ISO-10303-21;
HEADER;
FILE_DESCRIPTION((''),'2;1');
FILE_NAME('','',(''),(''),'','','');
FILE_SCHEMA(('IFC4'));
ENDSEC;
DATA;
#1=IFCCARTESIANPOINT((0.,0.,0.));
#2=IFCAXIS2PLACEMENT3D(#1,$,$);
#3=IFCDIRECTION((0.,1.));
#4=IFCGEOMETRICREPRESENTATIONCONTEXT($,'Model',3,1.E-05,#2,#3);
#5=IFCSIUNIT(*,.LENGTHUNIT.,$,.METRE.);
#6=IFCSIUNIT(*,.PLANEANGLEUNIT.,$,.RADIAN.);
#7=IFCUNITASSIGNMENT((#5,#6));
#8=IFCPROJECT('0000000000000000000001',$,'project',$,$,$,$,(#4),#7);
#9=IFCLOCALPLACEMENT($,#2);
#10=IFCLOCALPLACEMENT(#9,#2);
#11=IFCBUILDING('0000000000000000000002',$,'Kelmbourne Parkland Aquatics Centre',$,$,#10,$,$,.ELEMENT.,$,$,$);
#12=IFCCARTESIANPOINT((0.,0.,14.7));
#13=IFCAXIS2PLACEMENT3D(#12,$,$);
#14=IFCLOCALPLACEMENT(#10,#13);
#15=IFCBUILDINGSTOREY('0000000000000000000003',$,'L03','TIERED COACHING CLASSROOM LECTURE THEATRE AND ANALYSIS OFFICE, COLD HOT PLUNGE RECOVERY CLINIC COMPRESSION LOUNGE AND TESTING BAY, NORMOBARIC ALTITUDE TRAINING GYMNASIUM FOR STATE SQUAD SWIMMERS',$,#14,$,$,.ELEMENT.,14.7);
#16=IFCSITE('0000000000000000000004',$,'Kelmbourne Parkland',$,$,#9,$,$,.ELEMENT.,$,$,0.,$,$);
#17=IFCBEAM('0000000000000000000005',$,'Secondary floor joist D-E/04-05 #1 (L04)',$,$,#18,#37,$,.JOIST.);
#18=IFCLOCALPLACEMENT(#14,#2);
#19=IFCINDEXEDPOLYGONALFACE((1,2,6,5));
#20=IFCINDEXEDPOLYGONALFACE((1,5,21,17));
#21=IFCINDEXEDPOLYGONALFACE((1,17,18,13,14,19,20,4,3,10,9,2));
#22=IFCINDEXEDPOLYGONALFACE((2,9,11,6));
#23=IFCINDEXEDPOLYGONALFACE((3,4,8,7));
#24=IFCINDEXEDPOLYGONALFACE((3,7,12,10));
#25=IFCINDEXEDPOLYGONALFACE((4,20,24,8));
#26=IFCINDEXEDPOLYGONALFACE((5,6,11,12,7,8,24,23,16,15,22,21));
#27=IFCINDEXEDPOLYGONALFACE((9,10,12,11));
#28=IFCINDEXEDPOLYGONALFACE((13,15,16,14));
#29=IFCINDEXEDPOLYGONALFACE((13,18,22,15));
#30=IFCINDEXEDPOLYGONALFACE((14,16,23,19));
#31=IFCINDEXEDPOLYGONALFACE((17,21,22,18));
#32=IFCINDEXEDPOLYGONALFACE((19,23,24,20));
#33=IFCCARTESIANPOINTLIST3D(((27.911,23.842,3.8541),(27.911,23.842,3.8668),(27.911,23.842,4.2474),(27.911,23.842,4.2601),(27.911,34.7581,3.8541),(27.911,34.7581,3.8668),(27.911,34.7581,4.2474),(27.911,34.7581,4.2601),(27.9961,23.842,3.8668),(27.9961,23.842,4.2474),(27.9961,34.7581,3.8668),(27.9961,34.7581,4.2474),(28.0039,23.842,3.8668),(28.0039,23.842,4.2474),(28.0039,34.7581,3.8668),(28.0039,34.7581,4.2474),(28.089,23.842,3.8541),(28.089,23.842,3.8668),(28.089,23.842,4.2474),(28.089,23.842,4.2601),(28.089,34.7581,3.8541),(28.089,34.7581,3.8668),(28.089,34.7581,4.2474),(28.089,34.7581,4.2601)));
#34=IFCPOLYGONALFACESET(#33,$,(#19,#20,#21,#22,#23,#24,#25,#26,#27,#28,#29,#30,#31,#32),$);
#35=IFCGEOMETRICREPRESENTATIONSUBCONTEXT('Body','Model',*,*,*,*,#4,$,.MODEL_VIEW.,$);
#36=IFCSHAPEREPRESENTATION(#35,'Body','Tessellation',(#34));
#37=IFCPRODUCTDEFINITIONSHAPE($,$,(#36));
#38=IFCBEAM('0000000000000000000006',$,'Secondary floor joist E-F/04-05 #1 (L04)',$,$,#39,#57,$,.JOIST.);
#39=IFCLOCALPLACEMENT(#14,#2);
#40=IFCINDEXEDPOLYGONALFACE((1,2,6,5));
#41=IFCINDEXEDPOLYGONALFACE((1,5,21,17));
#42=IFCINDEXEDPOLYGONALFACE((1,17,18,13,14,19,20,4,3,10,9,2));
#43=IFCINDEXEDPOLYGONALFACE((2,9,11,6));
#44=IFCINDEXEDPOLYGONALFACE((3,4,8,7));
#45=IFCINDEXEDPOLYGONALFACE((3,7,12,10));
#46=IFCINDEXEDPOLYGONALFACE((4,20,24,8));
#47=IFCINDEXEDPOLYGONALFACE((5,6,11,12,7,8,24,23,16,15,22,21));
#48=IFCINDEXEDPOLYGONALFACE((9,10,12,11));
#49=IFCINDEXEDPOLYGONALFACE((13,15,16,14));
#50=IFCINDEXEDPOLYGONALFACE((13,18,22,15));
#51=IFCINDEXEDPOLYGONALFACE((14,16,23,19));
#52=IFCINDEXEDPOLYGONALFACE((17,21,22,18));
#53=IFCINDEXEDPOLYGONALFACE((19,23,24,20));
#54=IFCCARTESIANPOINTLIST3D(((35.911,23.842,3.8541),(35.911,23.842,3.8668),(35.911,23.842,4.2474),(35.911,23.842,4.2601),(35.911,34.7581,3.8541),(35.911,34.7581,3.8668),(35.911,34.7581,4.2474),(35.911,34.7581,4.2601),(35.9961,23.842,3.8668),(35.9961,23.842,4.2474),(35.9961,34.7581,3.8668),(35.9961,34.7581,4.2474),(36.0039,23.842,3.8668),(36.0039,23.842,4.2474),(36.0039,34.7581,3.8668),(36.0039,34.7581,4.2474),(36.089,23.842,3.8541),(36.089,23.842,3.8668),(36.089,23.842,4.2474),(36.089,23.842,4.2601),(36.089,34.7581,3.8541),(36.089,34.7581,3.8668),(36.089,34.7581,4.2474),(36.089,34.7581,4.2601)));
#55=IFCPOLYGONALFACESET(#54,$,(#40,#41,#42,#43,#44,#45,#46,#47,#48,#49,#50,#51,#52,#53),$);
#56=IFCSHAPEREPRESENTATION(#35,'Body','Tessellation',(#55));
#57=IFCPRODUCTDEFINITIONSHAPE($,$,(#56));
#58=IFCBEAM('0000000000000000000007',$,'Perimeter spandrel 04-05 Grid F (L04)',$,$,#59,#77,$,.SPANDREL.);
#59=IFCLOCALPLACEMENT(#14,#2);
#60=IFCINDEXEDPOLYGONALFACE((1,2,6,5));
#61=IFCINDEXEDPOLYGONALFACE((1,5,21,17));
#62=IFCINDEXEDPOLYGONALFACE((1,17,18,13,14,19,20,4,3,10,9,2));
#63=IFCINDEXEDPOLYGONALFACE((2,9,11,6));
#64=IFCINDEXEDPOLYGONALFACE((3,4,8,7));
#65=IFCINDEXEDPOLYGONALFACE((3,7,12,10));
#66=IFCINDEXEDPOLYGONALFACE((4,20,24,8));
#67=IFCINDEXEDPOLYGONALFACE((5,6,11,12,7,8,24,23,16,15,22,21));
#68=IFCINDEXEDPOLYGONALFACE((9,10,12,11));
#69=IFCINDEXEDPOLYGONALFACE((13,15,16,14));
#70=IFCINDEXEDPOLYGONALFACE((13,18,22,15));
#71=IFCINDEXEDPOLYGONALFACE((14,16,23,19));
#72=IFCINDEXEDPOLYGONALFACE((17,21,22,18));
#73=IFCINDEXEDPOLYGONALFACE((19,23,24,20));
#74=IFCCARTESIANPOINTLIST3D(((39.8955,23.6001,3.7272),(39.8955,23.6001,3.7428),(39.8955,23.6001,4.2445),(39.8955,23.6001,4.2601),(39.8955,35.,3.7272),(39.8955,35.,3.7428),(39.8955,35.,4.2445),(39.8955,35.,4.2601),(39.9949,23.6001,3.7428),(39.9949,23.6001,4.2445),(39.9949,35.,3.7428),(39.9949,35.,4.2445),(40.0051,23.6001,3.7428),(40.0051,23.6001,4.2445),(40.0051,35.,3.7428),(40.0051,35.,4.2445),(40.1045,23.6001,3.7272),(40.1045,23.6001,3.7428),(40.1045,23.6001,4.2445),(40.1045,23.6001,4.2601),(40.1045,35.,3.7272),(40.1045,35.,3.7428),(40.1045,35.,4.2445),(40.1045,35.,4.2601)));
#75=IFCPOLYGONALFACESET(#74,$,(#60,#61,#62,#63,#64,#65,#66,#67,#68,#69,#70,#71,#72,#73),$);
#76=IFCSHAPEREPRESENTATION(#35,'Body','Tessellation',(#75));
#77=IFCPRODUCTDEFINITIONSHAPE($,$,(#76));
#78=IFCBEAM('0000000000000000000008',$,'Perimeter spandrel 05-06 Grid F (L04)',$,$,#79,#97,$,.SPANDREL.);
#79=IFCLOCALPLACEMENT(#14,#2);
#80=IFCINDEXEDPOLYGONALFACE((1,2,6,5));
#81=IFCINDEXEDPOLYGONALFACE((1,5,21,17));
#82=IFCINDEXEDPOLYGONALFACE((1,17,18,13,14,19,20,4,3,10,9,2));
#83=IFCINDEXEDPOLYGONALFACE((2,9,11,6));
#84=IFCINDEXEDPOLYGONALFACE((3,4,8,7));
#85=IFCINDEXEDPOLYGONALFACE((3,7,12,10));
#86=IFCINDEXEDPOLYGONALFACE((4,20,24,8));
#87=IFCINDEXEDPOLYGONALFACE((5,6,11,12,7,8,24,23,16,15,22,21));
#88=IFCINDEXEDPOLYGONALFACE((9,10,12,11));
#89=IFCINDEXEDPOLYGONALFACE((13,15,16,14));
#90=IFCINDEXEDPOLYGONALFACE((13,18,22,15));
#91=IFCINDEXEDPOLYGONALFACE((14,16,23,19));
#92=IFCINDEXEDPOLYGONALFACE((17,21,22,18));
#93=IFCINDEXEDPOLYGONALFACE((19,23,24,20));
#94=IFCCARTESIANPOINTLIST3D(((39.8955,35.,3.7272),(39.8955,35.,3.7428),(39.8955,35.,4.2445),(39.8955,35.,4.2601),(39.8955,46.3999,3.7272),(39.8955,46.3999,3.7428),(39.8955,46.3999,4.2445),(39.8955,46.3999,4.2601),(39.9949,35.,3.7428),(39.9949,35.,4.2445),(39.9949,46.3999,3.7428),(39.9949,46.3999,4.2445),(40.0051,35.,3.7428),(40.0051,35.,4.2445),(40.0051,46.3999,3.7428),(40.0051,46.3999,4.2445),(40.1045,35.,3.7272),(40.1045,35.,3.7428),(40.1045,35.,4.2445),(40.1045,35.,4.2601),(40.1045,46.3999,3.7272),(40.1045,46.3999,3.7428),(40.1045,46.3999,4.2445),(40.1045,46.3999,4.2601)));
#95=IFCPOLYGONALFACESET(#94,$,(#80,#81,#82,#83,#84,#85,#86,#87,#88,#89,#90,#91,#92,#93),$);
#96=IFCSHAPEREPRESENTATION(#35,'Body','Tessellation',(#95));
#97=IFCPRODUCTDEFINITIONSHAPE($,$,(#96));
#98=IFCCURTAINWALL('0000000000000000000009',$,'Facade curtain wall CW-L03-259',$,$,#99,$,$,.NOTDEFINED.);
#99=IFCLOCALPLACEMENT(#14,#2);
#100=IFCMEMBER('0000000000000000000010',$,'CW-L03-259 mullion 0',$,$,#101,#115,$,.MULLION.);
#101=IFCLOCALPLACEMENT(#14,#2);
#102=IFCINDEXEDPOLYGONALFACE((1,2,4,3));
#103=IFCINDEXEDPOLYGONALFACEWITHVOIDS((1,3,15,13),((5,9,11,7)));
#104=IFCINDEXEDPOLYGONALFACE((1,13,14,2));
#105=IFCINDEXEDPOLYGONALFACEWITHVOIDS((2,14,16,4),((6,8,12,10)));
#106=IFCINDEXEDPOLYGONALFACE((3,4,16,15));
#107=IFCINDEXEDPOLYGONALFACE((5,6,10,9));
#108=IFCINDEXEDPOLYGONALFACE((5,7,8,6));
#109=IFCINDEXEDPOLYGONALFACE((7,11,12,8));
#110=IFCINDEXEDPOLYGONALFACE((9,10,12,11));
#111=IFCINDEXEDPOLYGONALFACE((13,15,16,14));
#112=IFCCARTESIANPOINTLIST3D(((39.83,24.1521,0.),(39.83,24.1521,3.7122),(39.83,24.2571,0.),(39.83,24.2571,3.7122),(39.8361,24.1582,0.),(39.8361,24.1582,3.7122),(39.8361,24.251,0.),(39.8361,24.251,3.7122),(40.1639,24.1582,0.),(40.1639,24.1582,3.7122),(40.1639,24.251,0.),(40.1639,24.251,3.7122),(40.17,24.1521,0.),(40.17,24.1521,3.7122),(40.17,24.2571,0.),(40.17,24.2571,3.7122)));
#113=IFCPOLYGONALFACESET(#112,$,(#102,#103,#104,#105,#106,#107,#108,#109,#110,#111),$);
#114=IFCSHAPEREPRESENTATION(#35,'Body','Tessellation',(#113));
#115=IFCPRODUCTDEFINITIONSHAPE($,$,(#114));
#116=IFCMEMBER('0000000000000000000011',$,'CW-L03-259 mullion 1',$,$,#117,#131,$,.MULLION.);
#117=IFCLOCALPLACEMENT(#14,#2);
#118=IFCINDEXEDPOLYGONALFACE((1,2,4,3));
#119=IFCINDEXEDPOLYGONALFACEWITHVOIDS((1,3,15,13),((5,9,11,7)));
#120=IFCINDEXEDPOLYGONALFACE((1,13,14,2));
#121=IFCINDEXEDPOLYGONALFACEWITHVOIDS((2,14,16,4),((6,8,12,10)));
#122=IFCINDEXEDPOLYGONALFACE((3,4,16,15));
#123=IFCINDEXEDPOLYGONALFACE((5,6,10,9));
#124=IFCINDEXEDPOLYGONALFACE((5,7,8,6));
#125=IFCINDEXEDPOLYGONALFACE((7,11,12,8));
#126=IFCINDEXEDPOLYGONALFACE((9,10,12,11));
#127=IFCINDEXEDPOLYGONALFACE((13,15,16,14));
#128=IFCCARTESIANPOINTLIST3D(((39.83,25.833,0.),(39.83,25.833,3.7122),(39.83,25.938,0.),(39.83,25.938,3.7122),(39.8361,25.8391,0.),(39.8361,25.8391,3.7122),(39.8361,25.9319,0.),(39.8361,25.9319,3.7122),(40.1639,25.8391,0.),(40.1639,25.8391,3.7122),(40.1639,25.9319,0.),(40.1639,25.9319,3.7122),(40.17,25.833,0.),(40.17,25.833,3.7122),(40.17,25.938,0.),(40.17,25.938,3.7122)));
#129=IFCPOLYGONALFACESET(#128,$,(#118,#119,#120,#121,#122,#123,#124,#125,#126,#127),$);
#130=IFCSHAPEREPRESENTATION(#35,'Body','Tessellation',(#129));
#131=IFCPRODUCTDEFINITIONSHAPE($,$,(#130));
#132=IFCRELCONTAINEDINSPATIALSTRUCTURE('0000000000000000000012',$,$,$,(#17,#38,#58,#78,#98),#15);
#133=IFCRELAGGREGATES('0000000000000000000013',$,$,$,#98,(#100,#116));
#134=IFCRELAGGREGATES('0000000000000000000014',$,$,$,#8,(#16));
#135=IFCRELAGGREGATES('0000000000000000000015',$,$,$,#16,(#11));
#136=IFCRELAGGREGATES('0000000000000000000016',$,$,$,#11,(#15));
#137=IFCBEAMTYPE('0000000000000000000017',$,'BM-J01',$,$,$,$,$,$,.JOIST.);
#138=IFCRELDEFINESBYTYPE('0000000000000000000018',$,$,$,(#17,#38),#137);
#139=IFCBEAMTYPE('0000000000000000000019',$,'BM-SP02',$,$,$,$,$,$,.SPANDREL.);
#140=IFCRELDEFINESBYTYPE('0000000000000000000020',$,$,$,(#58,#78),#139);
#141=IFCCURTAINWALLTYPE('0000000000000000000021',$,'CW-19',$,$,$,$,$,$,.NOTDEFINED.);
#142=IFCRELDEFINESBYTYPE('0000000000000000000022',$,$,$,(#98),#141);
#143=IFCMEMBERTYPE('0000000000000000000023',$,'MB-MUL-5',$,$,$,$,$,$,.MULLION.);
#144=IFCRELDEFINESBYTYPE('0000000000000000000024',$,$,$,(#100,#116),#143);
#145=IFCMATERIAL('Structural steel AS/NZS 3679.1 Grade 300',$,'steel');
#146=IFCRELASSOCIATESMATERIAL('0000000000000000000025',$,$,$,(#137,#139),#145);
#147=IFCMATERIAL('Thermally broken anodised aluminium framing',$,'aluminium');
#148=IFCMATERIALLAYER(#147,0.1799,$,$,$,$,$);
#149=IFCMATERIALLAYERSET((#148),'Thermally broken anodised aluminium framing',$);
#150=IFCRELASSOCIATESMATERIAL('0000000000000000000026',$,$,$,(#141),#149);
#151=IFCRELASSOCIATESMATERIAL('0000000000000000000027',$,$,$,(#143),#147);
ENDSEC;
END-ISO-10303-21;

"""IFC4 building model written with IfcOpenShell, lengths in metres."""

from ifc_helpers import new_model, si_unit, direction, frame, origin, origin_2d, place, context, subcontext, project, spatial, hollow_rectangle, i_section, extrude, material, layer, layer_set, material_profile, profile_set, type_object, element, aggregate, save


model = new_model("IFC4")

# Units and contexts
model_context = context("Model", 3, precision=1e-05, world=origin(), true_north=direction((0.0, 1.0)))
body_context = subcontext(model_context, "Body", "Model", "MODEL_VIEW")
ifc_project = project(units=[si_unit("LENGTHUNIT", "METRE"), si_unit("PLANEANGLEUNIT", "RADIAN")], contexts=[model_context])

# Site, building, storey
site_placement = place(None, origin())
site = spatial("IfcSite", under=ifc_project, at=site_placement, Name="Kelmbourne Parkland", CompositionType="ELEMENT", RefElevation=0.0)
building_placement = place(site_placement, origin())
building = spatial("IfcBuilding", under=site, at=building_placement, Name="Kelmbourne Parkland Aquatics Centre", CompositionType="ELEMENT")
storey_placement = place(building_placement, frame((0.0, 0.0, 14.7)))
storey = spatial("IfcBuildingStorey", under=building, at=storey_placement, Name="L03", Description="TIERED COACHING CLASSROOM LECTURE THEATRE AND ANALYSIS OFFICE, COLD HOT PLUNGE RECOVERY CLINIC COMPRESSION LOUNGE AND TESTING BAY, NORMOBARIC ALTITUDE TRAINING GYMNASIUM FOR STATE SQUAD SWIMMERS", CompositionType="ELEMENT", Elevation=14.7)

# Shared definitions
ifc_material_1 = material(Name="Structural steel AS/NZS 3679.1 Grade 300", Category="steel")

# Beams
ifc_material_profile_1 = material_profile(ifc_material_1, i_section(OverallWidth=0.178, OverallDepth=0.406, WebThickness=0.0078, FlangeThickness=0.0127, at=origin_2d()), Name="410UB59.7")
ifc_profile_set_1 = profile_set([ifc_material_profile_1], Name="Structural steel AS/NZS 3679.1 Grade 300")
beam_type_1 = type_object("IfcBeamType", Name="BM-J01", PredefinedType="JOIST", material=ifc_profile_set_1)
for number, where, z_axis, x_axis, name in (
    (1, (28.0, 23.842, 4.0571), (0.0, 1.0, 0.0), (-1.0, 0.0, 0.0), "Secondary floor joist D-E/04-05 #1 (L04)"),
    (2, (36.0, 23.842, 4.0571), (0.0, 1.0, 0.0), (-1.0, 0.0, 0.0), "Secondary floor joist E-F/04-05 #1 (L04)"),
):
    element("IfcBeam", number, at=place(storey_placement, frame(where, z_axis=z_axis, x_axis=x_axis)), inside=storey, type_object=beam_type_1, Name=name, PredefinedType="JOIST", context=body_context, shape_type="SweptSolid", body=[
        extrude(i_section(OverallWidth=0.178, OverallDepth=0.406, WebThickness=0.0078, FlangeThickness=0.0127, at=origin_2d()), origin(), (0.0, 0.0, 1.0), 10.916),
    ])
ifc_material_profile_2 = material_profile(ifc_material_1, i_section(OverallWidth=0.209, OverallDepth=0.533, WebThickness=0.0103, FlangeThickness=0.0156, at=origin_2d()), Name="530UB92.4")
ifc_profile_set_2 = profile_set([ifc_material_profile_2], Name="Structural steel AS/NZS 3679.1 Grade 300")
beam_type_2 = type_object("IfcBeamType", Name="BM-SP02", PredefinedType="SPANDREL", material=ifc_profile_set_2)
for number, where, z_axis, x_axis, name in (
    (3, (40.0, 23.6001, 3.9937), (0.0, 1.0, 0.0), (-1.0, 0.0, 0.0), "Perimeter spandrel 04-05 Grid F (L04)"),
    (4, (40.0, 35.0, 3.9937), (0.0, 1.0, 0.0), (-1.0, 0.0, 0.0), "Perimeter spandrel 05-06 Grid F (L04)"),
):
    element("IfcBeam", number, at=place(storey_placement, frame(where, z_axis=z_axis, x_axis=x_axis)), inside=storey, type_object=beam_type_2, Name=name, PredefinedType="SPANDREL", context=body_context, shape_type="SweptSolid", body=[
        extrude(i_section(OverallWidth=0.209, OverallDepth=0.533, WebThickness=0.0103, FlangeThickness=0.0156, at=origin_2d()), origin(), (0.0, 0.0, 1.0), 11.3999),
    ])

# Curtain wall, members
ifc_material_2 = material(Name="Thermally broken anodised aluminium framing", Category="aluminium")
ifc_layer = layer(ifc_material_2, 0.1799)
ifc_layer_set = layer_set([ifc_layer], Name="Thermally broken anodised aluminium framing")
curtain_wall_type = type_object("IfcCurtainWallType", Name="CW-19", PredefinedType="NOTDEFINED", material=ifc_layer_set)
curtain_wall_placement = place(storey_placement, origin())
curtain_wall = element("IfcCurtainWall", 5, at=curtain_wall_placement, inside=storey, type_object=curtain_wall_type, Name="Facade curtain wall CW-L03-259", PredefinedType="NOTDEFINED")
ifc_material_profile_3 = material_profile(ifc_material_2, hollow_rectangle(XDim=0.105, YDim=0.3401, WallThickness=0.0061, at=origin_2d()), Name="CW-M 105x340")
ifc_profile_set_3 = profile_set([ifc_material_profile_3], Name="Thermally broken anodised aluminium framing")
member_type = type_object("IfcMemberType", Name="MB-MUL-5", PredefinedType="MULLION", material=ifc_profile_set_3)
member_1_placement = place(storey_placement, frame((40.0, 24.2046, 0.0), z_axis=(0.0, 0.0, 1.0), x_axis=(0.0, 1.0, 0.0)))
member_1 = element("IfcMember", 6, at=member_1_placement, type_object=member_type, Name="CW-L03-259 mullion 0", PredefinedType="MULLION", context=body_context, shape_type="SweptSolid", body=[
    extrude(hollow_rectangle(XDim=0.105, YDim=0.3401, WallThickness=0.0061, at=origin_2d()), origin(), (0.0, 0.0, 1.0), 3.7122),
])
member_2_placement = place(storey_placement, frame((40.0, 25.8855, 0.0), z_axis=(0.0, 0.0, 1.0), x_axis=(0.0, 1.0, 0.0)))
member_2 = element("IfcMember", 7, at=member_2_placement, type_object=member_type, Name="CW-L03-259 mullion 1", PredefinedType="MULLION", context=body_context, shape_type="SweptSolid", body=[
    extrude(hollow_rectangle(XDim=0.105, YDim=0.3401, WallThickness=0.0061, at=origin_2d()), origin(), (0.0, 0.0, 1.0), 3.7122),
])
aggregate(curtain_wall, [member_1, member_2])

save(model, "model.ifc")
